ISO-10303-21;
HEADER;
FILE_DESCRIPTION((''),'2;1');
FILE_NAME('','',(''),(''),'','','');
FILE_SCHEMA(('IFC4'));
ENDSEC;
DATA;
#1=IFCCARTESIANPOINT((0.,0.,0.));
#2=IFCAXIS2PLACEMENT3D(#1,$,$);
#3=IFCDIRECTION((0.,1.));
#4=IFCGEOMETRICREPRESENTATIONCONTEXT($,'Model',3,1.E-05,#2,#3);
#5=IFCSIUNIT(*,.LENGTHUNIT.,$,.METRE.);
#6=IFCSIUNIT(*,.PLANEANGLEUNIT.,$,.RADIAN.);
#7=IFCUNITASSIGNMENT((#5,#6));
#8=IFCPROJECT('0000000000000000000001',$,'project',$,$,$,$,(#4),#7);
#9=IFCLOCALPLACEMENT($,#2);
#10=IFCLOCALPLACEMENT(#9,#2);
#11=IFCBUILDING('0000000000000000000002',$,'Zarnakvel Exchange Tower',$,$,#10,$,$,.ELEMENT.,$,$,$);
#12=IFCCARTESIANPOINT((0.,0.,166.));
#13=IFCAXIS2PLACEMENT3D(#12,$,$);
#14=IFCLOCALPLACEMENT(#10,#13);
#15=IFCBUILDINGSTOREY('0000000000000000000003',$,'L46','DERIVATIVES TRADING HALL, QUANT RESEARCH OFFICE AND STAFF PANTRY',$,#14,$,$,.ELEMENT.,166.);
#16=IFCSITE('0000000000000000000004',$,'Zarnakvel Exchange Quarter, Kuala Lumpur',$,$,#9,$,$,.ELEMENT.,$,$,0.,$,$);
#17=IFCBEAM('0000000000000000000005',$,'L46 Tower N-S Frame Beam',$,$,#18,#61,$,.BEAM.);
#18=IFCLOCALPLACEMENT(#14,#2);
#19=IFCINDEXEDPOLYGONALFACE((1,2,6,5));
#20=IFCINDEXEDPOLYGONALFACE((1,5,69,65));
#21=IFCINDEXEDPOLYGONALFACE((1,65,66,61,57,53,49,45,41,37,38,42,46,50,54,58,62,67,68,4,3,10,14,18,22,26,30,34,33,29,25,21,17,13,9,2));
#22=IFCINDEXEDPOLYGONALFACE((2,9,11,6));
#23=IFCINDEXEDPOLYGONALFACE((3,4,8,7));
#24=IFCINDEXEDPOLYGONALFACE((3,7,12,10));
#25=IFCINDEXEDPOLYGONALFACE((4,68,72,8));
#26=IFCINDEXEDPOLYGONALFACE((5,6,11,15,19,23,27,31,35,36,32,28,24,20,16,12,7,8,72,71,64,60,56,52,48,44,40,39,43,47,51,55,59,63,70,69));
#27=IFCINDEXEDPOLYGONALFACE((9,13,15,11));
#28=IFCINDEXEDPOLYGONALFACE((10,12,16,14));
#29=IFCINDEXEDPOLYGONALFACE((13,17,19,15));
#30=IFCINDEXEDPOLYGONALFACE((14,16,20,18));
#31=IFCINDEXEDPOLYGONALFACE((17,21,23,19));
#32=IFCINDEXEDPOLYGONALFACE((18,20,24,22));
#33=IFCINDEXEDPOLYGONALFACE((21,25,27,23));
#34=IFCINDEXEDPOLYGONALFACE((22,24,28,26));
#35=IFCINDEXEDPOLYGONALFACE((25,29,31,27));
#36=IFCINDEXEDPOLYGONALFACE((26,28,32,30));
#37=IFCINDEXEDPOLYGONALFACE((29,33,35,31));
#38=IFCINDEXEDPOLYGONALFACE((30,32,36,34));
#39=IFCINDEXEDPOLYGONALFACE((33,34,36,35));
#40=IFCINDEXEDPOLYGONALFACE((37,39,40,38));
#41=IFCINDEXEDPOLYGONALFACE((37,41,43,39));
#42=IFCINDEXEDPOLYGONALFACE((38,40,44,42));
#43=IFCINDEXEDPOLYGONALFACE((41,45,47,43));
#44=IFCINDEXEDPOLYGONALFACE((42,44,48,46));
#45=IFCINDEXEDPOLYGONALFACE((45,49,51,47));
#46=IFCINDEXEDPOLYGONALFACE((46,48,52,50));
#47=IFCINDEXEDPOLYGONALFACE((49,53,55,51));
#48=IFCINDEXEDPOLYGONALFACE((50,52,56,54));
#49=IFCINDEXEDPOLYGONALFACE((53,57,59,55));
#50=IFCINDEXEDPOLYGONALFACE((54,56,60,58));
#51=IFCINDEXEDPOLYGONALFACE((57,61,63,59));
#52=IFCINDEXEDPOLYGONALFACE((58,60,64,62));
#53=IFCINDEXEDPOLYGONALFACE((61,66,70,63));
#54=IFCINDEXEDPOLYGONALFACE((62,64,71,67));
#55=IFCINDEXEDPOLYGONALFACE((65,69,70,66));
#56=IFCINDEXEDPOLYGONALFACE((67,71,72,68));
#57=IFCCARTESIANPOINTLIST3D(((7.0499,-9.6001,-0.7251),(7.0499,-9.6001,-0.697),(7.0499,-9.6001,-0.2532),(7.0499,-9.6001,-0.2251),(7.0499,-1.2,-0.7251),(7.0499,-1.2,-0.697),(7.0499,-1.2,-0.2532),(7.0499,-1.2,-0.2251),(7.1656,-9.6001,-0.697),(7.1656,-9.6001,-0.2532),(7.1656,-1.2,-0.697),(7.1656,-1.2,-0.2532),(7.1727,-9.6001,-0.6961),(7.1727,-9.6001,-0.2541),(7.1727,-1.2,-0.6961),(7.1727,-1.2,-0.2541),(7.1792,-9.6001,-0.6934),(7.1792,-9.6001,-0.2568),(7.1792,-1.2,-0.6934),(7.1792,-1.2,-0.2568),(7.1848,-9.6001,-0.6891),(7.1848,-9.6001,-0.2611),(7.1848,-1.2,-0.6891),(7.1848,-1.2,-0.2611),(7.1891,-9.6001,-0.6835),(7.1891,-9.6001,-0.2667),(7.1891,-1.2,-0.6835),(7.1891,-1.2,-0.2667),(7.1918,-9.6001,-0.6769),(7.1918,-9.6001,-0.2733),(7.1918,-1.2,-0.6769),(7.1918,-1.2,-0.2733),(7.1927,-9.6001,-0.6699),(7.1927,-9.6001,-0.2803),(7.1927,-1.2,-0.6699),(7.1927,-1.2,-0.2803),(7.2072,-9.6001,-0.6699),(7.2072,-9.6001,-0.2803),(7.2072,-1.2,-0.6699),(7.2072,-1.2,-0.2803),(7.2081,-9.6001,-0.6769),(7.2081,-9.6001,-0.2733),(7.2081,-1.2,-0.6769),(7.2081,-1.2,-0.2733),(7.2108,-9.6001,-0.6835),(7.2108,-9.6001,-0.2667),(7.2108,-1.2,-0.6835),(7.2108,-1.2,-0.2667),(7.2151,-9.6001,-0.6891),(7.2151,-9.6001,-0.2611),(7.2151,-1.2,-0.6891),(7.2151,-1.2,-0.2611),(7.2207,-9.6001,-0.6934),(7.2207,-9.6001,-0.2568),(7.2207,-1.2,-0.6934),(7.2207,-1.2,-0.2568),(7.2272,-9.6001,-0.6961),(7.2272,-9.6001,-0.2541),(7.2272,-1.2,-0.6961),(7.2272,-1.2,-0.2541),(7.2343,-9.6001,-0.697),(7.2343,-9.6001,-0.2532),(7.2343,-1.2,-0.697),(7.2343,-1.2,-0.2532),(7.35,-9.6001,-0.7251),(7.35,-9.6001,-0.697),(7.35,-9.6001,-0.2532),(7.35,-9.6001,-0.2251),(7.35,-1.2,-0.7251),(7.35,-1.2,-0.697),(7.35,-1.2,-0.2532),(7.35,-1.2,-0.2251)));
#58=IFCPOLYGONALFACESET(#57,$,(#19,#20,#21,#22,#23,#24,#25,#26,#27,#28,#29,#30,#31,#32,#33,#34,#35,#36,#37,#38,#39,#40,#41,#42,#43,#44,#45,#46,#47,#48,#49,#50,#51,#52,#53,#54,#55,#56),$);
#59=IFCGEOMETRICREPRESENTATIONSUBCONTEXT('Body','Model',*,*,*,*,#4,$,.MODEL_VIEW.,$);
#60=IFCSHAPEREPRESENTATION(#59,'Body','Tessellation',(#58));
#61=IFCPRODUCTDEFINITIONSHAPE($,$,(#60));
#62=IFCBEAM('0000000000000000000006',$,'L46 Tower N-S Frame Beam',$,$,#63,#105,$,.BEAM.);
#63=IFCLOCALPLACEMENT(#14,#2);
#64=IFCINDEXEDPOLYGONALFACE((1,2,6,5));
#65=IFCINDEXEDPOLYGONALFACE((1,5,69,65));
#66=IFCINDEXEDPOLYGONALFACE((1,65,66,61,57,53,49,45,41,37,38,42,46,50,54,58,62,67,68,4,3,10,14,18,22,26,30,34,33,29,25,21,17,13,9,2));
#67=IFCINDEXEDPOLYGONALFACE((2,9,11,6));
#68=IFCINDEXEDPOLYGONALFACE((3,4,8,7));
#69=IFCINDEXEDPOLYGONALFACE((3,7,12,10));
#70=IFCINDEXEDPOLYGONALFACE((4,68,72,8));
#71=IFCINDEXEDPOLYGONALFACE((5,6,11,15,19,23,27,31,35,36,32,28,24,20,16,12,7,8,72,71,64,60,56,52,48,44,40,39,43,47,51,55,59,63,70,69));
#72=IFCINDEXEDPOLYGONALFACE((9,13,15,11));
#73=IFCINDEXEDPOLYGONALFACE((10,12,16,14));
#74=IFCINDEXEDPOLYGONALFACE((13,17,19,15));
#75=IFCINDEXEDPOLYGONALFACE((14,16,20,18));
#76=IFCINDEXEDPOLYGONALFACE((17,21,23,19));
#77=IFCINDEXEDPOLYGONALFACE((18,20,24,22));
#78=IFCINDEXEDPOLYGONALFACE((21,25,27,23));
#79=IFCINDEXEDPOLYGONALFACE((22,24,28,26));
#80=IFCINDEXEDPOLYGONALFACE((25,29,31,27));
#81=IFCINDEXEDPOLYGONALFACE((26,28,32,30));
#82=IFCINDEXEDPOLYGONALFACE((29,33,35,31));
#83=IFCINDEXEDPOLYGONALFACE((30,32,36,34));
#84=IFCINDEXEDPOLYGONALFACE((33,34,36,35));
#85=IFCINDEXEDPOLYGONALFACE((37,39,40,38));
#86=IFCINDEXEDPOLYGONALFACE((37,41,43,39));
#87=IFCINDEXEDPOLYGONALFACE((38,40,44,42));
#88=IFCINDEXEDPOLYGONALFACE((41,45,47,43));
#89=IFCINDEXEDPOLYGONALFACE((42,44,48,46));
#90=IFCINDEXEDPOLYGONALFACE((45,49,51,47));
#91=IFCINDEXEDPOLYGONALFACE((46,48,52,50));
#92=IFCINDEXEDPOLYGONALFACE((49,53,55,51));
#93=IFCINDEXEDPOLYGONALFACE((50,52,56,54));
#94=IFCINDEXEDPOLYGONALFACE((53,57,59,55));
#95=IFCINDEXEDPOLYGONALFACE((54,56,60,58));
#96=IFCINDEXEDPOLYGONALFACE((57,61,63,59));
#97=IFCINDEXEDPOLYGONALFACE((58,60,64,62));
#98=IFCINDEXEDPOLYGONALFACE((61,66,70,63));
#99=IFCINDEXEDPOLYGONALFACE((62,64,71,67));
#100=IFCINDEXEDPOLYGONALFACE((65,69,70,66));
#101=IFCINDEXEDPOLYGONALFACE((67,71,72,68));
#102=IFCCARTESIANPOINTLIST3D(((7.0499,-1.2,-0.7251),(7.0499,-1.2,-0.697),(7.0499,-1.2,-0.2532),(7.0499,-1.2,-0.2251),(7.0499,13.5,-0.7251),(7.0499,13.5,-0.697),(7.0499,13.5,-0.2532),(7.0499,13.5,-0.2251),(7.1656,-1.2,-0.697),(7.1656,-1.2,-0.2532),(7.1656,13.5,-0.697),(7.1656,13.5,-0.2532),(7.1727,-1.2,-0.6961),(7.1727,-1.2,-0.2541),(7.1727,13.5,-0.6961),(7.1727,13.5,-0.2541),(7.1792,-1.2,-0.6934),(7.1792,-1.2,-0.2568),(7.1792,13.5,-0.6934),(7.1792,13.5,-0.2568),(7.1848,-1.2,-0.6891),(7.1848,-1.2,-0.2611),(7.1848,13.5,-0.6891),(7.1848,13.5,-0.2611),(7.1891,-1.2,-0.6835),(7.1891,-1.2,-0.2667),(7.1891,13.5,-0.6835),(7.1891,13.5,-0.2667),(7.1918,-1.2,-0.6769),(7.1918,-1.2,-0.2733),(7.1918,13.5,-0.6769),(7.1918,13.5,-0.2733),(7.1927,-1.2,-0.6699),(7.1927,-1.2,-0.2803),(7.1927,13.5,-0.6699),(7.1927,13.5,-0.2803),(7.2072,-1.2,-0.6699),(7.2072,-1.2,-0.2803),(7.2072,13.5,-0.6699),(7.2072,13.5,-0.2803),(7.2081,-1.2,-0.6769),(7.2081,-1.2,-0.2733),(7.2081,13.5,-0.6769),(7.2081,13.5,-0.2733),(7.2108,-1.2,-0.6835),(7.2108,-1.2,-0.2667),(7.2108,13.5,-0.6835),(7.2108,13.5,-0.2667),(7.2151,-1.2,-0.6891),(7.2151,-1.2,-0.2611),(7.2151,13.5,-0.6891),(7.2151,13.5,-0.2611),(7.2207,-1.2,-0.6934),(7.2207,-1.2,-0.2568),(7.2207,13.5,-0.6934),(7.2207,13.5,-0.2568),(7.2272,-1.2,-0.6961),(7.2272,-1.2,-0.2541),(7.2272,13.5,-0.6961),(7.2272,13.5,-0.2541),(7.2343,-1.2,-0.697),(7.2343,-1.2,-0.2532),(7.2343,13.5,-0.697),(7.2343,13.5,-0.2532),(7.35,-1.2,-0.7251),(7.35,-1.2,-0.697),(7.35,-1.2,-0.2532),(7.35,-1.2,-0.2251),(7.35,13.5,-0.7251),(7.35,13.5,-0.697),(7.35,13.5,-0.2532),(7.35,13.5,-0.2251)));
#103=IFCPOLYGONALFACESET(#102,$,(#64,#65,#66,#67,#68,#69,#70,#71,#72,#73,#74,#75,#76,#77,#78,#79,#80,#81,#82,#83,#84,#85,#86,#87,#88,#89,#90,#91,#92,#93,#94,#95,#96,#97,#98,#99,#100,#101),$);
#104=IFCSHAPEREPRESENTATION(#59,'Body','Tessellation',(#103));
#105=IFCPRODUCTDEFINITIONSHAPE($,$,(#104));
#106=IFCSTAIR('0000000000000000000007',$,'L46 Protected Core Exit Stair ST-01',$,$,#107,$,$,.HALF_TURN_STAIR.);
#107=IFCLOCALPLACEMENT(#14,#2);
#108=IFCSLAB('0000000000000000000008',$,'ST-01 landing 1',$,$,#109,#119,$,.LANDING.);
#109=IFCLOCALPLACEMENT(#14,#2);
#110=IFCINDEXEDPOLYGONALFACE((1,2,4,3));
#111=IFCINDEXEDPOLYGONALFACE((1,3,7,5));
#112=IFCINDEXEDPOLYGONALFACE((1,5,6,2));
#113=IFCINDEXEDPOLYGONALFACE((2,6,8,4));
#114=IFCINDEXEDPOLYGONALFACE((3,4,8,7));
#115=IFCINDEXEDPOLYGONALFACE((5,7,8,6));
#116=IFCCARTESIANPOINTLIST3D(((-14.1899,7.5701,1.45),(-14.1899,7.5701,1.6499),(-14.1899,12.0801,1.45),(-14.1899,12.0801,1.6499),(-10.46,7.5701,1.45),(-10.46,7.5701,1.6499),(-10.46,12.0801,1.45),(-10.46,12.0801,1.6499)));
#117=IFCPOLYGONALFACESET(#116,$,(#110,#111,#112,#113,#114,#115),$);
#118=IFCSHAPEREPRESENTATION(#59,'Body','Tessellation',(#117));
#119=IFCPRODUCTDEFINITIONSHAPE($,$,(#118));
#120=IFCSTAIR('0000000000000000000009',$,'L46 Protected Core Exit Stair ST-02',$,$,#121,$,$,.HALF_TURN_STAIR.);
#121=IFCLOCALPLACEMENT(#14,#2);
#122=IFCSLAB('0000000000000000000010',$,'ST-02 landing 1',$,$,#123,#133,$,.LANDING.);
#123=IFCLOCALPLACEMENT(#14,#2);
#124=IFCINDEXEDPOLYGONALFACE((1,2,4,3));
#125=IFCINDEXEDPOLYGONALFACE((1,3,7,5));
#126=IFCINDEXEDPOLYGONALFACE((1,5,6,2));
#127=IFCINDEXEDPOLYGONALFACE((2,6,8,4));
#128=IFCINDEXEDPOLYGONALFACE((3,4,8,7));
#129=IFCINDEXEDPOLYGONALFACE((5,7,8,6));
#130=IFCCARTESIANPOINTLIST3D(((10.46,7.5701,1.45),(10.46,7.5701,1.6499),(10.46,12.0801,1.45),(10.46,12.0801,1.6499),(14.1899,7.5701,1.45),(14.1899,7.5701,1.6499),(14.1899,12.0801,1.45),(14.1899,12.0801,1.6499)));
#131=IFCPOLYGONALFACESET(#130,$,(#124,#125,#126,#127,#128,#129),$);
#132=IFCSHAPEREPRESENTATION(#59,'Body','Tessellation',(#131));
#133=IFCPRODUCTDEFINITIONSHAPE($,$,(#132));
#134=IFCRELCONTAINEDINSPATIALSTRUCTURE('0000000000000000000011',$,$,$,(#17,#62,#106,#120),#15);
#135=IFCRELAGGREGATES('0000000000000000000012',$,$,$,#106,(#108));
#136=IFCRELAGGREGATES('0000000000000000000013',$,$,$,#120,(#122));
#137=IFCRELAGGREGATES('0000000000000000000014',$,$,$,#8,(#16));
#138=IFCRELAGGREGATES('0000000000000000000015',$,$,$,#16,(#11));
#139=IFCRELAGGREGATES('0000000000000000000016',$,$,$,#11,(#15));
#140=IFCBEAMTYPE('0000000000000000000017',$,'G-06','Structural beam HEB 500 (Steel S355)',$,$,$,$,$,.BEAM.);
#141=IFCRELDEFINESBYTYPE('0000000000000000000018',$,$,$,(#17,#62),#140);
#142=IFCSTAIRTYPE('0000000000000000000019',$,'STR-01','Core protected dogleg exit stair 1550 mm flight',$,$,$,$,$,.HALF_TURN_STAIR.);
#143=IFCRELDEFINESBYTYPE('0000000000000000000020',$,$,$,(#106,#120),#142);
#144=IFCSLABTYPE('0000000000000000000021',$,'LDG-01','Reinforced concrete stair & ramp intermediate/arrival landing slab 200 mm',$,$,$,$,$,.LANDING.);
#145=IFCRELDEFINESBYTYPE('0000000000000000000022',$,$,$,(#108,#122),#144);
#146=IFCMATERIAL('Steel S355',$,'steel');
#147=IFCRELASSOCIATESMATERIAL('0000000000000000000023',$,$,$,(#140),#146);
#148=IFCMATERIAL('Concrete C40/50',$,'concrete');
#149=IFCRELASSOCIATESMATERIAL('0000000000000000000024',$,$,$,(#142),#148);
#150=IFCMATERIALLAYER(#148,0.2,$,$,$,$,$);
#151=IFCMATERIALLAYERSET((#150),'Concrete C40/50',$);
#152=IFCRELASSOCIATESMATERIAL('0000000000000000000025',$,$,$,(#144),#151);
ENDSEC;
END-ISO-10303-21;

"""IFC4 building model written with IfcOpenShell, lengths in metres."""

from ifc_helpers import new_model, si_unit, direction, frame, origin, origin_2d, place, context, subcontext, project, spatial, polyline, i_section, outline, extrude, material, layer, layer_set, material_profile, profile_set, type_object, element, aggregate, save


model = new_model("IFC4")

# Units and contexts
model_context = context("Model", 3, precision=1e-05, world=origin(), true_north=direction((0.0, 1.0)))
body_context = subcontext(model_context, "Body", "Model", "MODEL_VIEW")
ifc_project = project(units=[si_unit("LENGTHUNIT", "METRE"), si_unit("PLANEANGLEUNIT", "RADIAN")], contexts=[model_context])

# Site, building, storey
site_placement = place(None, origin())
site = spatial("IfcSite", under=ifc_project, at=site_placement, Name="Zarnakvel Exchange Quarter, Kuala Lumpur", CompositionType="ELEMENT", RefElevation=0.0)
building_placement = place(site_placement, origin())
building = spatial("IfcBuilding", under=site, at=building_placement, Name="Zarnakvel Exchange Tower", CompositionType="ELEMENT")
storey_placement = place(building_placement, frame((0.0, 0.0, 166.0)))
storey = spatial("IfcBuildingStorey", under=building, at=storey_placement, Name="L46", Description="DERIVATIVES TRADING HALL, QUANT RESEARCH OFFICE AND STAFF PANTRY", CompositionType="ELEMENT", Elevation=166.0)

# Beams
ifc_material_1 = material(Name="Steel S355", Category="steel")
ifc_material_profile_1 = material_profile(ifc_material_1, i_section(OverallWidth=0.3, OverallDepth=0.5, WebThickness=0.0144, FlangeThickness=0.0281, FilletRadius=0.0271, at=origin_2d()))
ifc_profile_set_1 = profile_set([ifc_material_profile_1], Name="Steel S355")
beam_type_1 = type_object("IfcBeamType", Name="G-06", Description="Structural beam HEB 500 (Steel S355)", PredefinedType="BEAM", material=ifc_profile_set_1)
beam_1_placement = place(storey_placement, frame((7.2, -9.6001, -0.4751), z_axis=(0.0, 1.0, 0.0), x_axis=(-1.0, 0.0, 0.0)))
element("IfcBeam", 1, at=beam_1_placement, inside=storey, type_object=beam_type_1, Name="L46 Tower N-S Frame Beam", PredefinedType="BEAM", context=body_context, shape_type="SweptSolid", body=[
    extrude(i_section(OverallWidth=0.3, OverallDepth=0.5, WebThickness=0.0144, FlangeThickness=0.0281, FilletRadius=0.0271, at=origin_2d()), origin(), (0.0, 0.0, 1.0), 8.4001),
])
beam_2_placement = place(storey_placement, frame((7.2, -1.2, -0.4751), z_axis=(0.0, 1.0, 0.0), x_axis=(-1.0, 0.0, 0.0)))
element("IfcBeam", 2, at=beam_2_placement, inside=storey, type_object=beam_type_1, Name="L46 Tower N-S Frame Beam", PredefinedType="BEAM", context=body_context, shape_type="SweptSolid", body=[
    extrude(i_section(OverallWidth=0.3, OverallDepth=0.5, WebThickness=0.0144, FlangeThickness=0.0281, FilletRadius=0.0271, at=origin_2d()), origin(), (0.0, 0.0, 1.0), 14.7),
])

# Stairs, slabs
ifc_material_2 = material(Name="Concrete C40/50", Category="concrete")
stair_type = type_object("IfcStairType", Name="STR-01", Description="Core protected dogleg exit stair 1550 mm flight", PredefinedType="HALF_TURN_STAIR", material=ifc_material_2)
stair_1_placement = place(storey_placement, origin())
stair_1 = element("IfcStair", 3, at=stair_1_placement, inside=storey, type_object=stair_type, Name="L46 Protected Core Exit Stair ST-01", PredefinedType="HALF_TURN_STAIR")
ifc_layer_1 = layer(ifc_material_2, 0.2)
ifc_layer_set_1 = layer_set([ifc_layer_1], Name="Concrete C40/50")
slab_type_1 = type_object("IfcSlabType", Name="LDG-01", Description="Reinforced concrete stair & ramp intermediate/arrival landing slab 200 mm", PredefinedType="LANDING", material=ifc_layer_set_1)
slab_1_placement = place(storey_placement, frame((0.0, 0.0, 1.45)))
slab_1 = element("IfcSlab", 4, at=slab_1_placement, type_object=slab_type_1, Name="ST-01 landing 1", PredefinedType="LANDING", context=body_context, shape_type="SweptSolid", body=[
    extrude(outline(polyline([(-14.1899, 7.5701), (-10.46, 7.5701), (-10.46, 12.0801), (-14.1899, 12.0801), (-14.1899, 7.5701)])), origin(), (0.0, 0.0, 1.0), 0.2),
])
aggregate(stair_1, [slab_1])
stair_2_placement = place(storey_placement, origin())
stair_2 = element("IfcStair", 5, at=stair_2_placement, inside=storey, type_object=stair_type, Name="L46 Protected Core Exit Stair ST-02", PredefinedType="HALF_TURN_STAIR")
slab_2_placement = place(storey_placement, frame((0.0, 0.0, 1.45)))
slab_2 = element("IfcSlab", 6, at=slab_2_placement, type_object=slab_type_1, Name="ST-02 landing 1", PredefinedType="LANDING", context=body_context, shape_type="SweptSolid", body=[
    extrude(outline(polyline([(10.46, 7.5701), (14.1899, 7.5701), (14.1899, 12.0801), (10.46, 12.0801), (10.46, 7.5701)])), origin(), (0.0, 0.0, 1.0), 0.2),
])
aggregate(stair_2, [slab_2])

save(model, "model.ifc")
